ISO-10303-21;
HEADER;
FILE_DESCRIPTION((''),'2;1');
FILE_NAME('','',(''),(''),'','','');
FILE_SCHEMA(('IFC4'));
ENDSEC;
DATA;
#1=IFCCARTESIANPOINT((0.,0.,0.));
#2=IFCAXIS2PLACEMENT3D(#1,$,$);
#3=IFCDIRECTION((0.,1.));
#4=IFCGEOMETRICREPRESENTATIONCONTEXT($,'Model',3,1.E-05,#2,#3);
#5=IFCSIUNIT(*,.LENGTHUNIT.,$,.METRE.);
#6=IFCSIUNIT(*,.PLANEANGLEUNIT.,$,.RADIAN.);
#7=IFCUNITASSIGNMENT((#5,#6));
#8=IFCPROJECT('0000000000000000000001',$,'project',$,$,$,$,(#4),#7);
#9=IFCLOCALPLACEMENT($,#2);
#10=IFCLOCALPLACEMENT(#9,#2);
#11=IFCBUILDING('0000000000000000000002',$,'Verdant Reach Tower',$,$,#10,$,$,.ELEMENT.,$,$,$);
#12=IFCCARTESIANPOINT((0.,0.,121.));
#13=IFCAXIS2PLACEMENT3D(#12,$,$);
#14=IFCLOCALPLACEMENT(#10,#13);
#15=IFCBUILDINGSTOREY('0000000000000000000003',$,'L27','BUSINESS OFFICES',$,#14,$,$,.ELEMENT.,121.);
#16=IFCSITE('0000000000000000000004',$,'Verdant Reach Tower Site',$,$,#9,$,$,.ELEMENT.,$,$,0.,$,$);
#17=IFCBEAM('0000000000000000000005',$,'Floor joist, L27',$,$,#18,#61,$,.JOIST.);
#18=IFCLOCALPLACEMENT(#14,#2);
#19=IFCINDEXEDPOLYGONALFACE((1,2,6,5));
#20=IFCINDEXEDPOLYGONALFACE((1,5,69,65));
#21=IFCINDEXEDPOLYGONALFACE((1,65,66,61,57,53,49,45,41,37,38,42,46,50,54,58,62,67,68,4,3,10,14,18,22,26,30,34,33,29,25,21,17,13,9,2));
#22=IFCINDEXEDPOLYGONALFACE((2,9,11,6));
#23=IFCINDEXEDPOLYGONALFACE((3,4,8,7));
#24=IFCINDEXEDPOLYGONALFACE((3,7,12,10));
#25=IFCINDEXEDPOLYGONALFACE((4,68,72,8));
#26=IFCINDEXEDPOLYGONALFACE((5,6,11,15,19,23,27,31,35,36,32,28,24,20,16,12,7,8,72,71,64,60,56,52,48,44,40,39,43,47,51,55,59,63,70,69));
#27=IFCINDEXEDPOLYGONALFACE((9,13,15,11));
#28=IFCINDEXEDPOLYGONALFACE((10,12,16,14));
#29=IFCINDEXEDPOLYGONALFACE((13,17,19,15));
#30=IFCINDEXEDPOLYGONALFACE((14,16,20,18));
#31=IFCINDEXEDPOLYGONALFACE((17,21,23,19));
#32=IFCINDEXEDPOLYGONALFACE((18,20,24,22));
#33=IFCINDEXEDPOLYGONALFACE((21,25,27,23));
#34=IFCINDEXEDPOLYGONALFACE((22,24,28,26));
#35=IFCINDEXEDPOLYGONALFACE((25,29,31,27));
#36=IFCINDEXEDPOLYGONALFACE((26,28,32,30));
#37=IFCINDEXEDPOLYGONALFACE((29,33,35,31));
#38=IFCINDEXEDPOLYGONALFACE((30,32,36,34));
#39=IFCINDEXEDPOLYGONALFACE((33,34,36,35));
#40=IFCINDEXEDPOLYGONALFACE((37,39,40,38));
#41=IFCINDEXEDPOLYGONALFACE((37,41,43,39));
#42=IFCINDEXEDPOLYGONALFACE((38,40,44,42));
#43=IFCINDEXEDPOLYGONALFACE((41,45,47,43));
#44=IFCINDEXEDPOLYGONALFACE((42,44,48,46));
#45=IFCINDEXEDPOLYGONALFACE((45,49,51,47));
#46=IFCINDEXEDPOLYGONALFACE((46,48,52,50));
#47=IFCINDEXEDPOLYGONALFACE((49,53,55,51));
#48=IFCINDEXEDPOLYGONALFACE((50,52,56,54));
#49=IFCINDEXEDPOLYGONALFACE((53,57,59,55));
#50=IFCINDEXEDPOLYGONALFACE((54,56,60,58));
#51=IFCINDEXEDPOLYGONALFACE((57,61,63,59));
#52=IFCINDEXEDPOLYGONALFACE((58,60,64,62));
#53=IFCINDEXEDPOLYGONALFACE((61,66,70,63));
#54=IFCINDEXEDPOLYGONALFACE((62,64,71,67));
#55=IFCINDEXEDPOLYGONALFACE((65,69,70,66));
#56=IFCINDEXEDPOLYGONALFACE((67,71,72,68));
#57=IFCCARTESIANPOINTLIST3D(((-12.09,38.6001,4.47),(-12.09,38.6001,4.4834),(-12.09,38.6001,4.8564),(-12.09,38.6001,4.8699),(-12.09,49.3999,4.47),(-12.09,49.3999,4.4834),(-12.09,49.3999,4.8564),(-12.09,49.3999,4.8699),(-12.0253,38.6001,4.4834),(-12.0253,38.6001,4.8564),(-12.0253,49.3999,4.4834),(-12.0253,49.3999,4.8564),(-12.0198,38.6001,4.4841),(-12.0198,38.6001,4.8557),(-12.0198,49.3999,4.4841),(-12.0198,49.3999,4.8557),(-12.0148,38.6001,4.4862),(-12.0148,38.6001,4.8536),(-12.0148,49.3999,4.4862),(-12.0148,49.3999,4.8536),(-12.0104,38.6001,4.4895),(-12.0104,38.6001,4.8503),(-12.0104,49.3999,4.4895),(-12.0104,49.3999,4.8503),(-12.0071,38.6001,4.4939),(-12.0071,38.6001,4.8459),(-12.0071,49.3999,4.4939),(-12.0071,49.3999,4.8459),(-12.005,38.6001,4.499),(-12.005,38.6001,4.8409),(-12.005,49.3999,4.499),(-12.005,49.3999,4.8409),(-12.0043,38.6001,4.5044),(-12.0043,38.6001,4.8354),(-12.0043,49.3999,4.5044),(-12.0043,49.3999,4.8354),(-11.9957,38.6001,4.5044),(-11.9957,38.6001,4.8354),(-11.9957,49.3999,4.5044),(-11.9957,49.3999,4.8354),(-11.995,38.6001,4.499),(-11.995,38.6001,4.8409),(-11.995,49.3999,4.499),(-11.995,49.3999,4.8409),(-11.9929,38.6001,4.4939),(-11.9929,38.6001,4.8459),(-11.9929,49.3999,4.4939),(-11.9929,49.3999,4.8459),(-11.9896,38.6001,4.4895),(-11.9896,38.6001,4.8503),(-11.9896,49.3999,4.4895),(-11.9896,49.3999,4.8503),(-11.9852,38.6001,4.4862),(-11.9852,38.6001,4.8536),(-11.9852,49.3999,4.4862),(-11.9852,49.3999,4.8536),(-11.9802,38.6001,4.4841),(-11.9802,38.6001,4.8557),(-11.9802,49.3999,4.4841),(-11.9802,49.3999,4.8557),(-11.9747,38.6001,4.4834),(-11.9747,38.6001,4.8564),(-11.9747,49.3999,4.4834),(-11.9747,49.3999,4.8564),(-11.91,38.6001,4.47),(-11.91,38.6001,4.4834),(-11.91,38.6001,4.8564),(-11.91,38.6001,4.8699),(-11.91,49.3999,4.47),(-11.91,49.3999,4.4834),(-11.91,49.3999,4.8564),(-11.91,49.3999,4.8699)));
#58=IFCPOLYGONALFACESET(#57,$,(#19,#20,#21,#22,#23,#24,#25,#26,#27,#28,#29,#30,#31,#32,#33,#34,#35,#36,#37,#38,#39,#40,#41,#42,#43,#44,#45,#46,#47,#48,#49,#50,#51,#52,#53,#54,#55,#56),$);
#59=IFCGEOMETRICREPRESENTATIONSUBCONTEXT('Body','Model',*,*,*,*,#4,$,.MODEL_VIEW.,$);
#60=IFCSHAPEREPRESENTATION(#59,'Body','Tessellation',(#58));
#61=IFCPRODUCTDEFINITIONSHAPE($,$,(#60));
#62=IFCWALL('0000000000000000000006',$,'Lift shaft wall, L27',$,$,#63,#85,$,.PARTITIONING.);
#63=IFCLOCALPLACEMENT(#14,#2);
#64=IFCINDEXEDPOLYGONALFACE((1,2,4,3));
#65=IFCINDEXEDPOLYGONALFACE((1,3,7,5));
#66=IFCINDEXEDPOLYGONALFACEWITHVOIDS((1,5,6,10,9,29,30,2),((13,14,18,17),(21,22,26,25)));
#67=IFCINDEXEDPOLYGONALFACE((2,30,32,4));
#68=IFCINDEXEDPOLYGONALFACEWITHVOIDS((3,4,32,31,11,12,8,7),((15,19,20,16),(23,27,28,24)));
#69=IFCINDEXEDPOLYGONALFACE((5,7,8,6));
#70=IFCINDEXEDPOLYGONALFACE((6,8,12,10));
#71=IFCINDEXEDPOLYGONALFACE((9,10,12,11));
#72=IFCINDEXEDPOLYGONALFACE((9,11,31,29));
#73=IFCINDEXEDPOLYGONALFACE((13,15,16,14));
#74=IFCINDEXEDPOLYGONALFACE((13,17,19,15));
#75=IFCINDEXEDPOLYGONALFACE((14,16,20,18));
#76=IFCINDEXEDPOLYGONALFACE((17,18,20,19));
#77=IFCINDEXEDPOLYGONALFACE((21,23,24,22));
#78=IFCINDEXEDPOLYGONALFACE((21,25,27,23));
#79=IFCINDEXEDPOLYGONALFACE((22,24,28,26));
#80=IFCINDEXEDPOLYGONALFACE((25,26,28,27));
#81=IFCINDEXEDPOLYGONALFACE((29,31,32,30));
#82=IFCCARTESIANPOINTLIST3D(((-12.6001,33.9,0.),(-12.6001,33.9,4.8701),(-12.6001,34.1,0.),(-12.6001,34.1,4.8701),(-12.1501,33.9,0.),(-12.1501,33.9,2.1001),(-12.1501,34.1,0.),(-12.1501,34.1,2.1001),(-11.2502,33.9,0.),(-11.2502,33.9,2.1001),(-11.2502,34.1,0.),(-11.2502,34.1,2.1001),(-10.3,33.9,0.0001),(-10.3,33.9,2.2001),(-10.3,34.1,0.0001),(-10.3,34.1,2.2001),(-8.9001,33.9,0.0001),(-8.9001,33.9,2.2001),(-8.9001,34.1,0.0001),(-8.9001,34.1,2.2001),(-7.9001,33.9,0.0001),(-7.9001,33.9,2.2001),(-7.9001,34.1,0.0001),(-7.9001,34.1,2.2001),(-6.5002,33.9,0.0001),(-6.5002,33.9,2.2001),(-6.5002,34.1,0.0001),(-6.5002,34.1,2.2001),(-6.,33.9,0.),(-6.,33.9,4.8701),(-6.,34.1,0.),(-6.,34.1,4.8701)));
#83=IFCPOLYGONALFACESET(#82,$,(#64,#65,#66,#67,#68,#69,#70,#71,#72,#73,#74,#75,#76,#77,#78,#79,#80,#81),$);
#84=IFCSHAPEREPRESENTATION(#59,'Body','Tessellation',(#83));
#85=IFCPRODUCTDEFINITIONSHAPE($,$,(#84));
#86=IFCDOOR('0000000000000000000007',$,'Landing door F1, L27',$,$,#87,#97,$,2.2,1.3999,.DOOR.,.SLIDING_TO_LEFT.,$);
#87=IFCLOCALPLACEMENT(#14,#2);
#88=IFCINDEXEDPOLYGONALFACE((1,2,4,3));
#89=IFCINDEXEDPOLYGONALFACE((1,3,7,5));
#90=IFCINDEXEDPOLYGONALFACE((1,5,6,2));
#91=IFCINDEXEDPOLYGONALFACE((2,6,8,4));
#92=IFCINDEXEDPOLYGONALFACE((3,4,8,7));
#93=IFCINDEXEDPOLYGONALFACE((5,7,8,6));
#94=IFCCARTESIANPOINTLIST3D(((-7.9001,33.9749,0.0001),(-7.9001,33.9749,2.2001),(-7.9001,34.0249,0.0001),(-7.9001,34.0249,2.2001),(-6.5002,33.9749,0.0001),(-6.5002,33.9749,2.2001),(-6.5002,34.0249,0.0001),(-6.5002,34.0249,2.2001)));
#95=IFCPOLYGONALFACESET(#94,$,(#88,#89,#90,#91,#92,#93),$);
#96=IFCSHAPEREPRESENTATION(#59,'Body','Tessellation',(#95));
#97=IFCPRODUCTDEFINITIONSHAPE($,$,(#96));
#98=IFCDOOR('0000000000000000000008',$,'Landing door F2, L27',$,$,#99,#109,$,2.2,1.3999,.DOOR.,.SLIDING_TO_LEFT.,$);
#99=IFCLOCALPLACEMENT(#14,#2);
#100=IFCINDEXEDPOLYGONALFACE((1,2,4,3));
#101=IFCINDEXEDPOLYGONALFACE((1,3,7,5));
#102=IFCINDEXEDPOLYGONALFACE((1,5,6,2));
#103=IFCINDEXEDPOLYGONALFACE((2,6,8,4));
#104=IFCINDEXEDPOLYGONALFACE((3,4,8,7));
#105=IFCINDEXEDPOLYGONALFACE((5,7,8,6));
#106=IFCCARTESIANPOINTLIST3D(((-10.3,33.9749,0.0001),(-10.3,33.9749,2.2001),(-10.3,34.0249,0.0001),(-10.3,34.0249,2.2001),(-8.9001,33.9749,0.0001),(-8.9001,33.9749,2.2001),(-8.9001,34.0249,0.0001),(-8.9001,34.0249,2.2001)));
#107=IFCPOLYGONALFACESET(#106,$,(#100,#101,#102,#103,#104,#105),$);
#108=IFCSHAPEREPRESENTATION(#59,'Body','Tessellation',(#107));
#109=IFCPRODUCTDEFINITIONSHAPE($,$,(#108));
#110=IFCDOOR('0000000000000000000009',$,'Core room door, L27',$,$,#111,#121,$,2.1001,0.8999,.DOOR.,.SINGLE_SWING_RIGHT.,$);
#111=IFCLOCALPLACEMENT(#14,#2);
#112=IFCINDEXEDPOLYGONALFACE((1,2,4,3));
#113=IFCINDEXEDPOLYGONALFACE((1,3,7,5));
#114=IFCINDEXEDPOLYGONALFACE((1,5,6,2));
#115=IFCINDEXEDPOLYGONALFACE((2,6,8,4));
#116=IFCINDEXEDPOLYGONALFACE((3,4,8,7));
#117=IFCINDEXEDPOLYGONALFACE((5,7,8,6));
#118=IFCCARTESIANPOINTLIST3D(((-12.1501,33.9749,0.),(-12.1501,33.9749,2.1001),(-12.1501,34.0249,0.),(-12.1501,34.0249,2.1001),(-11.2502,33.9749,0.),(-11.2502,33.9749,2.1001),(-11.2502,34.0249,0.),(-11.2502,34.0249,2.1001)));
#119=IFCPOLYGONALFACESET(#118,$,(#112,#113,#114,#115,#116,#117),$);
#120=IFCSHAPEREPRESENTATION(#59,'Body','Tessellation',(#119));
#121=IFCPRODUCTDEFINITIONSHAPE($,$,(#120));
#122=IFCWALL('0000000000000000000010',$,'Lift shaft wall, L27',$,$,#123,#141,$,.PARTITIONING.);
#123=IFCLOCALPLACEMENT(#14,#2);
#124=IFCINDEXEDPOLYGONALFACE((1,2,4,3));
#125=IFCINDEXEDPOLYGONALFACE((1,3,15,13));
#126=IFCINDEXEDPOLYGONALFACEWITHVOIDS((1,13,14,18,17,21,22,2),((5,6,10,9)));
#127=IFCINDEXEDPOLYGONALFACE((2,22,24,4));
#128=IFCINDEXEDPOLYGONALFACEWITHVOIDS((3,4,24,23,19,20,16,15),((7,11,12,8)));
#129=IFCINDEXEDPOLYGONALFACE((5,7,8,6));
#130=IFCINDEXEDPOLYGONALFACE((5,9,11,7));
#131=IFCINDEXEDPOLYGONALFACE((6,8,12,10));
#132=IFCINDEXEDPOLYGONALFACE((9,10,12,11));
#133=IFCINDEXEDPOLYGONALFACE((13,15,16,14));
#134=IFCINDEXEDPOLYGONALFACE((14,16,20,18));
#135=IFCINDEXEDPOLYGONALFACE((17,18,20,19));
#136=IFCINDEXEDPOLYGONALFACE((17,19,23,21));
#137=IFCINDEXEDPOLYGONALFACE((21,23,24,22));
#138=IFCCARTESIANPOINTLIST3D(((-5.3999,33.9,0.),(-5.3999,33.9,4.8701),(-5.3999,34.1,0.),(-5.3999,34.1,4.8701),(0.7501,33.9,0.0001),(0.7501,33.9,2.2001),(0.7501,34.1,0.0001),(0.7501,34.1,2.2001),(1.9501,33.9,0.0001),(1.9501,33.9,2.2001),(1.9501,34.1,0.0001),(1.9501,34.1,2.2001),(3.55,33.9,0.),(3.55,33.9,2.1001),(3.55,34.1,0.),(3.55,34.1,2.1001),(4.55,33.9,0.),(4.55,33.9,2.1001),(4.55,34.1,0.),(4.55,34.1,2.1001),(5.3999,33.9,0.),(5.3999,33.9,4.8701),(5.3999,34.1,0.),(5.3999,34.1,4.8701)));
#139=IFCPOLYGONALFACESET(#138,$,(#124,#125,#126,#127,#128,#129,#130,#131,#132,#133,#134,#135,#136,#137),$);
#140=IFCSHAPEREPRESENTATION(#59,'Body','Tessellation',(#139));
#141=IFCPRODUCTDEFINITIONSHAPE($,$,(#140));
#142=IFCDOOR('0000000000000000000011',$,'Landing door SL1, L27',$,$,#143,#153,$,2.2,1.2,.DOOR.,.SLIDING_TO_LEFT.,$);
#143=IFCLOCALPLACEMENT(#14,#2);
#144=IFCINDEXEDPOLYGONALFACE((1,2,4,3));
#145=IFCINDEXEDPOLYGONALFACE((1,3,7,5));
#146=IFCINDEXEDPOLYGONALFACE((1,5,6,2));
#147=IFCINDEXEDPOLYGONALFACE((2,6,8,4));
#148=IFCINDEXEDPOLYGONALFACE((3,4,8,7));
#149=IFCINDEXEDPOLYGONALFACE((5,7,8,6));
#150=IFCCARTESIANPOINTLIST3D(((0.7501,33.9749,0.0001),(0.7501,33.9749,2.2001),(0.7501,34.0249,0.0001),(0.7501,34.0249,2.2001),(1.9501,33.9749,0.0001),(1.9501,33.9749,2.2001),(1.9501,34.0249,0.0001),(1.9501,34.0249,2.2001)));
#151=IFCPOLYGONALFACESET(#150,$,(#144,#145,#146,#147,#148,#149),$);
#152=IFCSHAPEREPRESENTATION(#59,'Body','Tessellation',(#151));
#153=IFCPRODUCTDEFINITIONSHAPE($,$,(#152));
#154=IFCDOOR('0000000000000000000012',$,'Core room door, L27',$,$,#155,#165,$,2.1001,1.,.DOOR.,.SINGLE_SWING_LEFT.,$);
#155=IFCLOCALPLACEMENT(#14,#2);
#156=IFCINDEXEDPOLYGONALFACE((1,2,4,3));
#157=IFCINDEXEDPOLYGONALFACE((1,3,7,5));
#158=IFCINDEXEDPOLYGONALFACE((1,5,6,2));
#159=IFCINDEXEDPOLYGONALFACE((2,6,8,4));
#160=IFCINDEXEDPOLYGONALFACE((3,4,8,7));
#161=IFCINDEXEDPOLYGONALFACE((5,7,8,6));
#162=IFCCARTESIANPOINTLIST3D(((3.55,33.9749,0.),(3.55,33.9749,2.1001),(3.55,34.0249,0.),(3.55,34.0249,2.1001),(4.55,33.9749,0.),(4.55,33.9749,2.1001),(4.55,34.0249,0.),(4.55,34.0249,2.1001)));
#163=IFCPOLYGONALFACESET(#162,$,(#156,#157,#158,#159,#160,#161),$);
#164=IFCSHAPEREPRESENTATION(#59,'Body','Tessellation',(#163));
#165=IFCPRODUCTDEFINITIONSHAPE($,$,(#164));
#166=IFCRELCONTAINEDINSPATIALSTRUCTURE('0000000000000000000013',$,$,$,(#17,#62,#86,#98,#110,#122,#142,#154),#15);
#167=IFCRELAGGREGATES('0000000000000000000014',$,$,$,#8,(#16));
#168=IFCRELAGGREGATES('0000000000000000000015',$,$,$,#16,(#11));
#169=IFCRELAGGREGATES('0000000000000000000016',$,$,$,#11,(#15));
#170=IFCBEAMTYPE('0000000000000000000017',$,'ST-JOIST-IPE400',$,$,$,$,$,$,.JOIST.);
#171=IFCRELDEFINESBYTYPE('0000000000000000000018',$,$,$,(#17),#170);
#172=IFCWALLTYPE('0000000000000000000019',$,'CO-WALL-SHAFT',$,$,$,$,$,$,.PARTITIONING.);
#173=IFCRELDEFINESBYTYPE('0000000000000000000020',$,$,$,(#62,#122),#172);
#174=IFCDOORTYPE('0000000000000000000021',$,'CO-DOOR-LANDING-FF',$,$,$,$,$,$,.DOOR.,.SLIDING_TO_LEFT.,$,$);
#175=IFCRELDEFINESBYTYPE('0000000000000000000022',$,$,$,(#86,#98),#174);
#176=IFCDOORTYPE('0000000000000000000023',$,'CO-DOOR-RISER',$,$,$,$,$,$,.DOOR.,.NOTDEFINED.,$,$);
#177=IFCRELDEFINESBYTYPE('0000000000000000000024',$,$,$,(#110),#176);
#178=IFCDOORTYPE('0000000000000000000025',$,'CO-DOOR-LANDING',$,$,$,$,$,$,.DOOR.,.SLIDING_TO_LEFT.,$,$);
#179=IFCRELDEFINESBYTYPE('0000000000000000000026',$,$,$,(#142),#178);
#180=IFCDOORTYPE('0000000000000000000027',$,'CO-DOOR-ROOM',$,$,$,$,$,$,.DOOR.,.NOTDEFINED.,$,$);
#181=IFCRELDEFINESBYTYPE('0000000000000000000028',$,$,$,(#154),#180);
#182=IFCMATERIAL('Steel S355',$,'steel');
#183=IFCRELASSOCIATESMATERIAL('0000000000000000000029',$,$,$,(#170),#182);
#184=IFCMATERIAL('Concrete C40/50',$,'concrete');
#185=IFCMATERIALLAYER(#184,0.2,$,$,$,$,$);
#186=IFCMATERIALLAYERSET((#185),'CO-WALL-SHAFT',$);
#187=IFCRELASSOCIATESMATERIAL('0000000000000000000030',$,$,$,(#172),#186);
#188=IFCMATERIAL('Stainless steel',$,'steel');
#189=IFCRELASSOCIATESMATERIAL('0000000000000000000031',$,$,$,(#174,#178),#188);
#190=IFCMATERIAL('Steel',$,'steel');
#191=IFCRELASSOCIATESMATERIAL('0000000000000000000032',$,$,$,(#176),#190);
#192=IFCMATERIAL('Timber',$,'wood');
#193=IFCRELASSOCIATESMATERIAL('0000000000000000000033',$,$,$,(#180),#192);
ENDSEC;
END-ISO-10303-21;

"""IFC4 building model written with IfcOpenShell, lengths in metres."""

from ifc_helpers import new_model, si_unit, direction, frame, frame_2d, origin, origin_2d, place, context, subcontext, project, spatial, rectangle, i_section, extrude, material, layer, layer_set, material_profile, profile_set, type_object, element, fill, save


model = new_model("IFC4")

# Units and contexts
model_context = context("Model", 3, precision=1e-05, world=origin(), true_north=direction((0.0, 1.0)))
body_context = subcontext(model_context, "Body", "Model", "MODEL_VIEW")
ifc_project = project(units=[si_unit("LENGTHUNIT", "METRE"), si_unit("PLANEANGLEUNIT", "RADIAN")], contexts=[model_context])

# Site, building, storey
site_placement = place(None, origin())
site = spatial("IfcSite", under=ifc_project, at=site_placement, Name="Verdant Reach Tower Site", CompositionType="ELEMENT", RefElevation=0.0)
building_placement = place(site_placement, origin())
building = spatial("IfcBuilding", under=site, at=building_placement, Name="Verdant Reach Tower", CompositionType="ELEMENT")
storey_placement = place(building_placement, frame((0.0, 0.0, 121.0)))
storey = spatial("IfcBuildingStorey", under=building, at=storey_placement, Name="L27", Description="BUSINESS OFFICES", CompositionType="ELEMENT", Elevation=121.0)

# Beam
ifc_material_1 = material(Name="Steel S355", Category="steel")
ifc_material_profile_1 = material_profile(ifc_material_1, i_section(OverallWidth=0.1799, OverallDepth=0.3999, WebThickness=0.0085, FlangeThickness=0.0134, FilletRadius=0.021, at=origin_2d()), Name="IPE 400")
ifc_profile_set_1 = profile_set([ifc_material_profile_1], Name="Steel S355")
beam_type_1 = type_object("IfcBeamType", Name="ST-JOIST-IPE400", PredefinedType="JOIST", material=ifc_profile_set_1)
beam_1_placement = place(storey_placement, frame((-12.0, 38.6001, 4.6699), z_axis=(0.0, 1.0, 0.0), x_axis=(-1.0, 0.0, 0.0)))
element("IfcBeam", 1, at=beam_1_placement, inside=storey, type_object=beam_type_1, Name="Floor joist, L27", PredefinedType="JOIST", context=body_context, shape_type="SweptSolid", body=[
    extrude(i_section(OverallWidth=0.1799, OverallDepth=0.3999, WebThickness=0.0085, FlangeThickness=0.0134, FilletRadius=0.021, at=origin_2d()), origin(), (0.0, 0.0, 1.0), 10.7998),
])

# Walls, openings, doors
ifc_material_2 = material(Name="Concrete C40/50", Category="concrete")
ifc_layer_1 = layer(ifc_material_2, 0.2)
ifc_layer_set_1 = layer_set([ifc_layer_1], Name="CO-WALL-SHAFT")
wall_type_1 = type_object("IfcWallType", Name="CO-WALL-SHAFT", PredefinedType="PARTITIONING", material=ifc_layer_set_1)
wall_1_placement = place(storey_placement, frame((-12.6001, 34.0, 0.0), z_axis=(0.0, 0.0, 1.0), x_axis=(1.0, 0.0, 0.0)))
wall_1 = element("IfcWall", 2, at=wall_1_placement, inside=storey, type_object=wall_type_1, Name="Lift shaft wall, L27", PredefinedType="PARTITIONING", context=body_context, shape_type="SweptSolid", body=[
    extrude(rectangle(XDim=6.6001, YDim=0.2, at=frame_2d((3.3, 0.0))), origin(), (0.0, 0.0, 1.0), 4.8701),
])
opening_1_placement = place(wall_1_placement, frame((4.7, 0.0, 0.0)))
opening_1 = element("IfcOpeningElement", 3, at=opening_1_placement, cuts=wall_1, PredefinedType="OPENING", context=body_context, shape_type="SweptSolid", body=[
    extrude(rectangle(XDim=1.3999, YDim=2.2, at=frame_2d((0.7, 1.1001))), frame((0.0, 0.1099, 0.0), z_axis=(0.0, -1.0, 0.0), x_axis=(1.0, 0.0, 0.0)), (0.0, 0.0, 1.0), 0.22),
])
opening_2_placement = place(wall_1_placement, frame((2.3, 0.0, 0.0)))
opening_2 = element("IfcOpeningElement", 4, at=opening_2_placement, cuts=wall_1, PredefinedType="OPENING", context=body_context, shape_type="SweptSolid", body=[
    extrude(rectangle(XDim=1.3999, YDim=2.2, at=frame_2d((0.7, 1.1001))), frame((0.0, 0.1099, 0.0), z_axis=(0.0, -1.0, 0.0), x_axis=(1.0, 0.0, 0.0)), (0.0, 0.0, 1.0), 0.22),
])
opening_3_placement = place(wall_1_placement, frame((0.45, 0.0, 0.0)))
opening_3 = element("IfcOpeningElement", 5, at=opening_3_placement, cuts=wall_1, PredefinedType="OPENING", context=body_context, shape_type="SweptSolid", body=[
    extrude(rectangle(XDim=0.8999, YDim=2.1001, at=frame_2d((0.45, 1.05))), frame((0.0, 0.1099, 0.0), z_axis=(0.0, -1.0, 0.0), x_axis=(1.0, 0.0, 0.0)), (0.0, 0.0, 1.0), 0.22),
])
ifc_material_3 = material(Name="Stainless steel", Category="steel")
door_type_1 = type_object("IfcDoorType", Name="CO-DOOR-LANDING-FF", OperationType="SLIDING_TO_LEFT", PredefinedType="DOOR", material=ifc_material_3)
door_1_placement = place(opening_1_placement, origin())
door_1 = element("IfcDoor", 6, at=door_1_placement, inside=storey, type_object=door_type_1, Name="Landing door F1, L27", OperationType="SLIDING_TO_LEFT", OverallHeight=2.2, OverallWidth=1.3999, PredefinedType="DOOR", context=body_context, shape_type="SweptSolid", body=[
    extrude(rectangle(XDim=1.3999, YDim=2.2, at=frame_2d((0.7, 1.1001))), frame((0.0, 0.0249, 0.0), z_axis=(0.0, -1.0, 0.0), x_axis=(1.0, 0.0, 0.0)), (0.0, 0.0, 1.0), 0.05),
])
fill(opening_1, door_1)
door_2_placement = place(opening_2_placement, origin())
door_2 = element("IfcDoor", 7, at=door_2_placement, inside=storey, type_object=door_type_1, Name="Landing door F2, L27", OperationType="SLIDING_TO_LEFT", OverallHeight=2.2, OverallWidth=1.3999, PredefinedType="DOOR", context=body_context, shape_type="SweptSolid", body=[
    extrude(rectangle(XDim=1.3999, YDim=2.2, at=frame_2d((0.7, 1.1001))), frame((0.0, 0.0249, 0.0), z_axis=(0.0, -1.0, 0.0), x_axis=(1.0, 0.0, 0.0)), (0.0, 0.0, 1.0), 0.05),
])
fill(opening_2, door_2)
ifc_material_4 = material(Name="Steel", Category="steel")
door_type_2 = type_object("IfcDoorType", Name="CO-DOOR-RISER", OperationType="NOTDEFINED", PredefinedType="DOOR", material=ifc_material_4)
door_3_placement = place(opening_3_placement, origin())
door_3 = element("IfcDoor", 8, at=door_3_placement, inside=storey, type_object=door_type_2, Name="Core room door, L27", OperationType="SINGLE_SWING_RIGHT", OverallHeight=2.1001, OverallWidth=0.8999, PredefinedType="DOOR", context=body_context, shape_type="SweptSolid", body=[
    extrude(rectangle(XDim=0.8999, YDim=2.1001, at=frame_2d((0.45, 1.05))), frame((0.0, 0.0249, 0.0), z_axis=(0.0, -1.0, 0.0), x_axis=(1.0, 0.0, 0.0)), (0.0, 0.0, 1.0), 0.05),
])
fill(opening_3, door_3)
wall_2_placement = place(storey_placement, frame((-5.3999, 34.0, 0.0), z_axis=(0.0, 0.0, 1.0), x_axis=(1.0, 0.0, 0.0)))
wall_2 = element("IfcWall", 9, at=wall_2_placement, inside=storey, type_object=wall_type_1, Name="Lift shaft wall, L27", PredefinedType="PARTITIONING", context=body_context, shape_type="SweptSolid", body=[
    extrude(rectangle(XDim=10.7998, YDim=0.2, at=frame_2d((5.3999, 0.0))), origin(), (0.0, 0.0, 1.0), 4.8701),
])
opening_4_placement = place(wall_2_placement, frame((6.1499, 0.0, 0.0)))
opening_4 = element("IfcOpeningElement", 10, at=opening_4_placement, cuts=wall_2, PredefinedType="OPENING", context=body_context, shape_type="SweptSolid", body=[
    extrude(rectangle(XDim=1.2, YDim=2.2, at=frame_2d((0.6001, 1.1001))), frame((0.0, 0.1099, 0.0), z_axis=(0.0, -1.0, 0.0), x_axis=(1.0, 0.0, 0.0)), (0.0, 0.0, 1.0), 0.22),
])
opening_5_placement = place(wall_2_placement, frame((8.95, 0.0, 0.0)))
opening_5 = element("IfcOpeningElement", 11, at=opening_5_placement, cuts=wall_2, PredefinedType="OPENING", context=body_context, shape_type="SweptSolid", body=[
    extrude(rectangle(XDim=1.0, YDim=2.1001, at=frame_2d((0.5, 1.05))), frame((0.0, 0.1099, 0.0), z_axis=(0.0, -1.0, 0.0), x_axis=(1.0, 0.0, 0.0)), (0.0, 0.0, 1.0), 0.22),
])
door_type_3 = type_object("IfcDoorType", Name="CO-DOOR-LANDING", OperationType="SLIDING_TO_LEFT", PredefinedType="DOOR", material=ifc_material_3)
door_4_placement = place(opening_4_placement, origin())
door_4 = element("IfcDoor", 12, at=door_4_placement, inside=storey, type_object=door_type_3, Name="Landing door SL1, L27", OperationType="SLIDING_TO_LEFT", OverallHeight=2.2, OverallWidth=1.2, PredefinedType="DOOR", context=body_context, shape_type="SweptSolid", body=[
    extrude(rectangle(XDim=1.2, YDim=2.2, at=frame_2d((0.6001, 1.1001))), frame((0.0, 0.0249, 0.0), z_axis=(0.0, -1.0, 0.0), x_axis=(1.0, 0.0, 0.0)), (0.0, 0.0, 1.0), 0.05),
])
fill(opening_4, door_4)
ifc_material_5 = material(Name="Timber", Category="wood")
door_type_4 = type_object("IfcDoorType", Name="CO-DOOR-ROOM", OperationType="NOTDEFINED", PredefinedType="DOOR", material=ifc_material_5)
door_5_placement = place(opening_5_placement, origin())
door_5 = element("IfcDoor", 13, at=door_5_placement, inside=storey, type_object=door_type_4, Name="Core room door, L27", OperationType="SINGLE_SWING_LEFT", OverallHeight=2.1001, OverallWidth=1.0, PredefinedType="DOOR", context=body_context, shape_type="SweptSolid", body=[
    extrude(rectangle(XDim=1.0, YDim=2.1001, at=frame_2d((0.5, 1.05))), frame((0.0, 0.0249, 0.0), z_axis=(0.0, -1.0, 0.0), x_axis=(1.0, 0.0, 0.0)), (0.0, 0.0, 1.0), 0.05),
])
fill(opening_5, door_5)

save(model, "model.ifc")
